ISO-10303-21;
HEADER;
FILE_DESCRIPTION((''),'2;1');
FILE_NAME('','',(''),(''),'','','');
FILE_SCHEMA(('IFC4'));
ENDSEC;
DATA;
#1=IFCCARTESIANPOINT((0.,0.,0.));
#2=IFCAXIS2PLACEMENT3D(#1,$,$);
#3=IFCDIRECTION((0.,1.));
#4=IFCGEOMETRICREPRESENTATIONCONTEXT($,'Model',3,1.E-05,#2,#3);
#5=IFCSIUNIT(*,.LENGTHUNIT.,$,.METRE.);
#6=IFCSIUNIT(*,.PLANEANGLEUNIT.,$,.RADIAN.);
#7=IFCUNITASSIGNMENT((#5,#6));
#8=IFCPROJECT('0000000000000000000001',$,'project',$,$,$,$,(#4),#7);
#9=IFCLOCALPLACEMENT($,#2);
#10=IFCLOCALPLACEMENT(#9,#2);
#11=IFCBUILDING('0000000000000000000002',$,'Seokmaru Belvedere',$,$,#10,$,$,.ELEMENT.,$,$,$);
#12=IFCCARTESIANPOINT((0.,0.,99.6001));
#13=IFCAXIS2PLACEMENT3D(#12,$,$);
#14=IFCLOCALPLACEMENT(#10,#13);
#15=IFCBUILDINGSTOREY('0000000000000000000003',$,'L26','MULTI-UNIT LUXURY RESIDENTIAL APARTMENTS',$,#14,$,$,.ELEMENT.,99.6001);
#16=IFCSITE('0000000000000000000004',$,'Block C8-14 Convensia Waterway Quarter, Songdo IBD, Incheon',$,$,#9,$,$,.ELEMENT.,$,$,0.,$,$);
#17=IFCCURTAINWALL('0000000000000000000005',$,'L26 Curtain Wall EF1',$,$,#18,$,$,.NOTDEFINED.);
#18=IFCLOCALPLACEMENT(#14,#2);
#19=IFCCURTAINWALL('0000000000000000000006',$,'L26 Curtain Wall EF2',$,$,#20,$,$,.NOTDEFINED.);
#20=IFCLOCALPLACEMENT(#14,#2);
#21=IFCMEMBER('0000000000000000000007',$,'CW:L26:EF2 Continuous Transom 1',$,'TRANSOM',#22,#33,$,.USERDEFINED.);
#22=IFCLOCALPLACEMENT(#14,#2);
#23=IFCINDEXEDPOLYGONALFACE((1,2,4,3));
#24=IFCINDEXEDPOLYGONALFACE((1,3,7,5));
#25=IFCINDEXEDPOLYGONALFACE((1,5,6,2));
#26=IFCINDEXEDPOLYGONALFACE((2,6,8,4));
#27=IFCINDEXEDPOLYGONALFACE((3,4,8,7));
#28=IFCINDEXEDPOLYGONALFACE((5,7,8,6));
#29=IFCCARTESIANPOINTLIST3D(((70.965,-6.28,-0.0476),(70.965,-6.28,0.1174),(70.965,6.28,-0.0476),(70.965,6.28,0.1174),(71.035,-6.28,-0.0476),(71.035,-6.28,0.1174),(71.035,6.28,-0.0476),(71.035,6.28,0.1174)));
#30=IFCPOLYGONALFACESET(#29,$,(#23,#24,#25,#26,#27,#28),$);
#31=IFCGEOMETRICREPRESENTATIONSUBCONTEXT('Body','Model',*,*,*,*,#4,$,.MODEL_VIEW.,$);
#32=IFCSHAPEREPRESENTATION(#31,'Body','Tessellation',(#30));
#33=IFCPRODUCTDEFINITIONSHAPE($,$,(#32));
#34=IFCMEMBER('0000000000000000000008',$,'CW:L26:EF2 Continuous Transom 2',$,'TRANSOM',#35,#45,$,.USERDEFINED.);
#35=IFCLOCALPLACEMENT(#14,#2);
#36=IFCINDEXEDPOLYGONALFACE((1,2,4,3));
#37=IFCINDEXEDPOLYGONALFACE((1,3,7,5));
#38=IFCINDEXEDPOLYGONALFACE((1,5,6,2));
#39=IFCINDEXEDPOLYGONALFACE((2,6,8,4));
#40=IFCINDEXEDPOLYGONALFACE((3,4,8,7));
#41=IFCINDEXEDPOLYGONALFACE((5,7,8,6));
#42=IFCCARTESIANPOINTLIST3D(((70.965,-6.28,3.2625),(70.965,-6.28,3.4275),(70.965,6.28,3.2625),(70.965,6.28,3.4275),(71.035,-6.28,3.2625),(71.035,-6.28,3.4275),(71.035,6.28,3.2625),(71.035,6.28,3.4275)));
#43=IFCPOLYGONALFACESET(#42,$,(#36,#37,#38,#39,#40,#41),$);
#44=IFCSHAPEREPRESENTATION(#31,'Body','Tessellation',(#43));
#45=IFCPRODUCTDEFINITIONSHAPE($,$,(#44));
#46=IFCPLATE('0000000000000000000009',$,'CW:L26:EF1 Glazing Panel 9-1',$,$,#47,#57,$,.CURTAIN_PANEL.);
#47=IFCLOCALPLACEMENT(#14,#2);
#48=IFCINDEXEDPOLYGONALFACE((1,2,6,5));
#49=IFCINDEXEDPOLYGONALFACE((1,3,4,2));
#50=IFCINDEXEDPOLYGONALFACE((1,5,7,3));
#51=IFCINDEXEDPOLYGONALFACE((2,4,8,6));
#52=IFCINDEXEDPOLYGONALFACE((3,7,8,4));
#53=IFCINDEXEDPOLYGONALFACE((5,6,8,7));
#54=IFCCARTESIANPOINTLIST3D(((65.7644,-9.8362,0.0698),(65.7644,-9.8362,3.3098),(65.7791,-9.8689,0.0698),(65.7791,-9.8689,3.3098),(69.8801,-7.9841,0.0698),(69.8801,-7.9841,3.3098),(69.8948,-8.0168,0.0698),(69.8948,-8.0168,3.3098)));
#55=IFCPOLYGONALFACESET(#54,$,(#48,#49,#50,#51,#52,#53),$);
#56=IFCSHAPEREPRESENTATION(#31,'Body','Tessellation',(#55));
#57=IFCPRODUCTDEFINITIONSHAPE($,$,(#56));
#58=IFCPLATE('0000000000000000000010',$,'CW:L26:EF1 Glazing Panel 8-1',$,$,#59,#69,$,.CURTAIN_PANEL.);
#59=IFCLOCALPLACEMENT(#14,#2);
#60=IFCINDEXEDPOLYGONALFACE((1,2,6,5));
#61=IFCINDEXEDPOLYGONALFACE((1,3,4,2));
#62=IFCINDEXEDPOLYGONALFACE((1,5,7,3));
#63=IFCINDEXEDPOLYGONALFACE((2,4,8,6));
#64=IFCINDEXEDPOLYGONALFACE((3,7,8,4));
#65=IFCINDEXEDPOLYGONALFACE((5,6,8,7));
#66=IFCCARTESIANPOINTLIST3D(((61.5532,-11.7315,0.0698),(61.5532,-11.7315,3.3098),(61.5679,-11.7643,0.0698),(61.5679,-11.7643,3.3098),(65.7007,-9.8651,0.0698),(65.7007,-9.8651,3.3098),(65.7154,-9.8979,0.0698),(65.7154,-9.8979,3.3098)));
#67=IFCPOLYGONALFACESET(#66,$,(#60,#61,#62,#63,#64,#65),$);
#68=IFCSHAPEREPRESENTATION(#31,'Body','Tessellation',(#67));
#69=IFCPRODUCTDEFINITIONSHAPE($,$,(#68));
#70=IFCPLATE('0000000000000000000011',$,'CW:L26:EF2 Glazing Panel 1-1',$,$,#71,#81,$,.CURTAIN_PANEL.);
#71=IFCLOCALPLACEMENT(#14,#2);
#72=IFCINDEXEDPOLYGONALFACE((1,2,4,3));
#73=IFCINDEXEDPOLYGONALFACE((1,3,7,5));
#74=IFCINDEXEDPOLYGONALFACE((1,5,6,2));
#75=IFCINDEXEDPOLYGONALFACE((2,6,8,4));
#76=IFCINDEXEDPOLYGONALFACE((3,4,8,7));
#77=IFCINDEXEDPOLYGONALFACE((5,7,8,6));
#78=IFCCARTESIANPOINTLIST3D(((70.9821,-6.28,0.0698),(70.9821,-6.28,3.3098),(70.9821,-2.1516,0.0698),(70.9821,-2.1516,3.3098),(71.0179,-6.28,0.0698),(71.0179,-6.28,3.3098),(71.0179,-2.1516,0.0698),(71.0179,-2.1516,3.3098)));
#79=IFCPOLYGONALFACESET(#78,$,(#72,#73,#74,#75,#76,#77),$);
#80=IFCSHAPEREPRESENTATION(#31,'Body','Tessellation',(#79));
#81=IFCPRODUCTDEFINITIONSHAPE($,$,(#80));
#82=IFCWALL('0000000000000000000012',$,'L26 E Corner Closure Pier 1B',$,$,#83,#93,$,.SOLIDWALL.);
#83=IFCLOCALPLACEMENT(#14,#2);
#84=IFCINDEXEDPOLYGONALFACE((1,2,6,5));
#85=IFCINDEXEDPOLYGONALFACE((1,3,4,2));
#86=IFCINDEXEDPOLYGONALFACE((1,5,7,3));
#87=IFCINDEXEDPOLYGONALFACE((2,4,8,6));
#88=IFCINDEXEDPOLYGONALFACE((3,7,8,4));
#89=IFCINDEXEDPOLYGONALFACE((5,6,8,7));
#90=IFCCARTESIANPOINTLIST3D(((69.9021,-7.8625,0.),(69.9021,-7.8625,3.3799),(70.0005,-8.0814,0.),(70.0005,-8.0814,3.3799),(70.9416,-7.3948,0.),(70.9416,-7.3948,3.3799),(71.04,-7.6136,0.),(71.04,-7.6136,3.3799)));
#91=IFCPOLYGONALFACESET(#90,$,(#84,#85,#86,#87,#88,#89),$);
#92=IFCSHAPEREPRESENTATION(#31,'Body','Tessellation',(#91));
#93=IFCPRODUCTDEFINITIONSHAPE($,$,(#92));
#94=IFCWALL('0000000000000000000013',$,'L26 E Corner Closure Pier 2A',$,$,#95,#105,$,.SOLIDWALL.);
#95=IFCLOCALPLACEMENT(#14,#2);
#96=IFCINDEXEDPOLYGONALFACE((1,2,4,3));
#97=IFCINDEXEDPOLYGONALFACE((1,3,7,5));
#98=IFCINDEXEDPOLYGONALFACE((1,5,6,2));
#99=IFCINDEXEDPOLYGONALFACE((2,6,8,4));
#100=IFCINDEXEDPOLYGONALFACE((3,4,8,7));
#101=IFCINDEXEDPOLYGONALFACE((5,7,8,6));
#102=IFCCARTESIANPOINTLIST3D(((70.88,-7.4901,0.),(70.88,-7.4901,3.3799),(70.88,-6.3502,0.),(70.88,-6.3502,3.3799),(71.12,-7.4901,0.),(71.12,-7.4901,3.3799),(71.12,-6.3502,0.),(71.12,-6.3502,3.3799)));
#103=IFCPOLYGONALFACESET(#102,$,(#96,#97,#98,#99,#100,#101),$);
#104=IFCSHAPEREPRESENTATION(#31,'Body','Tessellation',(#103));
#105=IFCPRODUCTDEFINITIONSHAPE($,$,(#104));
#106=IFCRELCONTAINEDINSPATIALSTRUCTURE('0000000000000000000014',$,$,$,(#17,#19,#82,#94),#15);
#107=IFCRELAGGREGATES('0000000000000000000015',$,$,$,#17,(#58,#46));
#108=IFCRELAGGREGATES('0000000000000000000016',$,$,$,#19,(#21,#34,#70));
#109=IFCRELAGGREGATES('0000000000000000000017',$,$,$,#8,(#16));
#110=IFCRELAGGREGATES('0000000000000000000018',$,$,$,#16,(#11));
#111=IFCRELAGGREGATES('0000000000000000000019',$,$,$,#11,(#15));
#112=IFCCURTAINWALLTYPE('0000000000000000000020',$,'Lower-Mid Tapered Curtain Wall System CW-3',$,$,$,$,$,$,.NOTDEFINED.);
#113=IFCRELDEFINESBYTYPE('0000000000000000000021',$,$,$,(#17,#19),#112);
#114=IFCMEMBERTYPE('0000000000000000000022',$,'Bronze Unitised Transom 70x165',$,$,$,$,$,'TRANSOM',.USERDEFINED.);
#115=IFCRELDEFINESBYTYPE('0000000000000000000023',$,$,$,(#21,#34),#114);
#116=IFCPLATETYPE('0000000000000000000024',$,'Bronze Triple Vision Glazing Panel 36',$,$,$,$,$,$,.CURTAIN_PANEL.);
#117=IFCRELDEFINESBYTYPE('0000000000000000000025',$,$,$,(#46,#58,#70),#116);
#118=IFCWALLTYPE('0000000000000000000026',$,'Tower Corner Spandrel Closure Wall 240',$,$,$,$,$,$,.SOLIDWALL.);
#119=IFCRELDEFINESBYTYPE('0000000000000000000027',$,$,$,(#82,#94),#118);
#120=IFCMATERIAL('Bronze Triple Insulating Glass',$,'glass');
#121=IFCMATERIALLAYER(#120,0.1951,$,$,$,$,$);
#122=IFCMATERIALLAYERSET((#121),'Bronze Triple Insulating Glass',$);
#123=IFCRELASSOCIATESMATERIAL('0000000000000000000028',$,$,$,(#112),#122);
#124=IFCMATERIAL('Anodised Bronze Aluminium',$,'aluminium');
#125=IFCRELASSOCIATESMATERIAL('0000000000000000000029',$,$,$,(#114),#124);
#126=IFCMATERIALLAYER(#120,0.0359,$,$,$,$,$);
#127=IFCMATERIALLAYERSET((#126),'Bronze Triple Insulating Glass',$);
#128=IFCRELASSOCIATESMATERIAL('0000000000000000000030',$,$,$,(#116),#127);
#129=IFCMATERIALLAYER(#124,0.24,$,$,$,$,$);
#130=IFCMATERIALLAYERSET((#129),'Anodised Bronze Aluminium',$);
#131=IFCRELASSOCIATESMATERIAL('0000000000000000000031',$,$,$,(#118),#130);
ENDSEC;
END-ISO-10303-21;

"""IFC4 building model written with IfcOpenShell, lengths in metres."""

from ifc_helpers import new_model, si_unit, direction, frame, frame_2d, origin, origin_2d, place, context, subcontext, project, spatial, rectangle, extrude, source, transform, mapped, material, layer, layer_set, material_profile, profile_set, type_object, type_shapes, element, aggregate, save


model = new_model("IFC4")

# Units and contexts
model_context = context("Model", 3, precision=1e-05, world=origin(), true_north=direction((0.0, 1.0)))
body_context = subcontext(model_context, "Body", "Model", "MODEL_VIEW")
ifc_project = project(units=[si_unit("LENGTHUNIT", "METRE"), si_unit("PLANEANGLEUNIT", "RADIAN")], contexts=[model_context])

# Site, building, storey
site_placement = place(None, origin())
site = spatial("IfcSite", under=ifc_project, at=site_placement, Name="Block C8-14 Convensia Waterway Quarter, Songdo IBD, Incheon", CompositionType="ELEMENT", RefElevation=0.0)
building_placement = place(site_placement, origin())
building = spatial("IfcBuilding", under=site, at=building_placement, Name="Seokmaru Belvedere", CompositionType="ELEMENT")
storey_placement = place(building_placement, frame((0.0, 0.0, 99.6001)))
storey = spatial("IfcBuildingStorey", under=building, at=storey_placement, Name="L26", Description="MULTI-UNIT LUXURY RESIDENTIAL APARTMENTS", CompositionType="ELEMENT", Elevation=99.6001)

# Curtain walls
ifc_material_1 = material(Name="Bronze Triple Insulating Glass", Category="glass")
ifc_layer_1 = layer(ifc_material_1, 0.1951)
ifc_layer_set_1 = layer_set([ifc_layer_1], Name="Bronze Triple Insulating Glass")
curtain_wall_type = type_object("IfcCurtainWallType", Name="Lower-Mid Tapered Curtain Wall System CW-3", PredefinedType="NOTDEFINED", material=ifc_layer_set_1)
curtain_wall_1_placement = place(storey_placement, origin())
curtain_wall_1 = element("IfcCurtainWall", 1, at=curtain_wall_1_placement, inside=storey, type_object=curtain_wall_type, Name="L26 Curtain Wall EF1", PredefinedType="NOTDEFINED")
ifc_material_2 = material(Name="Anodised Bronze Aluminium", Category="aluminium")
curtain_wall_2_placement = place(storey_placement, origin())
curtain_wall_2 = element("IfcCurtainWall", 2, at=curtain_wall_2_placement, inside=storey, type_object=curtain_wall_type, Name="L26 Curtain Wall EF2", PredefinedType="NOTDEFINED")

# Members
ifc_material_profile_1 = material_profile(ifc_material_2, rectangle(XDim=0.0701, YDim=0.165, at=origin_2d()), Name="CW-T-70x165")
ifc_profile_set_1 = profile_set([ifc_material_profile_1], Name="Anodised Bronze Aluminium")
member_type_1 = type_object("IfcMemberType", Name="Bronze Unitised Transom 70x165", ElementType="TRANSOM", PredefinedType="USERDEFINED", material=ifc_profile_set_1)
shared_shape_1 = source(origin(), body_context, "Body", "SweptSolid", [
    extrude(rectangle(XDim=0.0701, YDim=0.165, at=origin_2d()), origin(), (0.0, 0.0, 1.0), 12.5601),
])
type_shapes(member_type_1, [shared_shape_1])
member_1_placement = place(storey_placement, frame((71.0, -6.28, 0.0349), z_axis=(0.0, 1.0, 0.0), x_axis=(-1.0, 0.0, 0.0)))
member_1 = element("IfcMember", 3, at=member_1_placement, type_object=member_type_1, Name="CW:L26:EF2 Continuous Transom 1", ObjectType="TRANSOM", PredefinedType="USERDEFINED", context=body_context, shape_type="MappedRepresentation", body=[
    mapped(shared_shape_1, transform((0.0, 0.0, 0.0), scale=1.0)),
])
member_2_placement = place(storey_placement, frame((71.0, -6.28, 3.345), z_axis=(0.0, 1.0, 0.0), x_axis=(-1.0, 0.0, 0.0)))
member_2 = element("IfcMember", 4, at=member_2_placement, type_object=member_type_1, Name="CW:L26:EF2 Continuous Transom 2", ObjectType="TRANSOM", PredefinedType="USERDEFINED", context=body_context, shape_type="MappedRepresentation", body=[
    mapped(shared_shape_1, transform((0.0, 0.0, 0.0), scale=1.0)),
])

# Plates
ifc_layer_2 = layer(ifc_material_1, 0.0359)
ifc_layer_set_2 = layer_set([ifc_layer_2], Name="Bronze Triple Insulating Glass")
plate_type = type_object("IfcPlateType", Name="Bronze Triple Vision Glazing Panel 36", PredefinedType="CURTAIN_PANEL", material=ifc_layer_set_2)
shared_shape_2 = source(origin(), body_context, "Body", "SweptSolid", [
    extrude(rectangle(XDim=4.5132, YDim=0.0359, at=origin_2d()), origin(), (0.0, 0.0, 1.0), 3.24),
])
plate_1_placement = place(storey_placement, frame((67.8296, -8.9265, 0.0698), z_axis=(0.0, 0.0, 1.0), x_axis=(0.911921, 0.410366, 0.0)))
plate_1 = element("IfcPlate", 5, at=plate_1_placement, type_object=plate_type, Name="CW:L26:EF1 Glazing Panel 9-1", PredefinedType="CURTAIN_PANEL", context=body_context, shape_type="MappedRepresentation", body=[
    mapped(shared_shape_2, transform((0.0, 0.0, 0.0), scale=1.0)),
])
shared_shape_3 = source(origin(), body_context, "Body", "SweptSolid", [
    extrude(rectangle(XDim=4.5481, YDim=0.0359, at=origin_2d()), origin(), (0.0, 0.0, 1.0), 3.24),
])
plate_2_placement = place(storey_placement, frame((63.6343, -10.8147, 0.0698), z_axis=(0.0, 0.0, 1.0), x_axis=(0.911921, 0.410366, 0.0)))
plate_2 = element("IfcPlate", 6, at=plate_2_placement, type_object=plate_type, Name="CW:L26:EF1 Glazing Panel 8-1", PredefinedType="CURTAIN_PANEL", context=body_context, shape_type="MappedRepresentation", body=[
    mapped(shared_shape_3, transform((0.0, 0.0, 0.0), scale=1.0)),
])
aggregate(curtain_wall_1, [plate_2, plate_1])
shared_shape_4 = source(origin(), body_context, "Body", "SweptSolid", [
    extrude(rectangle(XDim=4.1284, YDim=0.0359, at=origin_2d()), origin(), (0.0, 0.0, 1.0), 3.24),
])
type_shapes(plate_type, [shared_shape_2, shared_shape_3, shared_shape_4])
plate_3_placement = place(storey_placement, frame((71.0, -4.2158, 0.0698), z_axis=(0.0, 0.0, 1.0), x_axis=(0.0, 1.0, 0.0)))
plate_3 = element("IfcPlate", 7, at=plate_3_placement, type_object=plate_type, Name="CW:L26:EF2 Glazing Panel 1-1", PredefinedType="CURTAIN_PANEL", context=body_context, shape_type="MappedRepresentation", body=[
    mapped(shared_shape_4, transform((0.0, 0.0, 0.0), scale=1.0)),
])
aggregate(curtain_wall_2, [member_1, member_2, plate_3])

# Walls
ifc_layer_3 = layer(ifc_material_2, 0.24)
ifc_layer_set_3 = layer_set([ifc_layer_3], Name="Anodised Bronze Aluminium")
wall_type = type_object("IfcWallType", Name="Tower Corner Spandrel Closure Wall 240", PredefinedType="SOLIDWALL", material=ifc_layer_set_3)
for number, where, z_axis, x_axis, name in (
    (8, (69.9514, -7.9719, 0.0), (0.0, 0.0, 1.0), (0.91193, 0.410347, 0.0), "L26 E Corner Closure Pier 1B"),
    (9, (71.0, -7.49, 0.0), (0.0, 0.0, 1.0), (0.0, 1.0, 0.0), "L26 E Corner Closure Pier 2A"),
):
    element("IfcWall", number, at=place(storey_placement, frame(where, z_axis=z_axis, x_axis=x_axis)), inside=storey, type_object=wall_type, Name=name, PredefinedType="SOLIDWALL", context=body_context, shape_type="SweptSolid", body=[
        extrude(rectangle(XDim=1.1399, YDim=0.24, at=frame_2d((0.5698, 0.0))), origin(), (0.0, 0.0, 1.0), 3.3799),
    ])

save(model, "model.ifc")
